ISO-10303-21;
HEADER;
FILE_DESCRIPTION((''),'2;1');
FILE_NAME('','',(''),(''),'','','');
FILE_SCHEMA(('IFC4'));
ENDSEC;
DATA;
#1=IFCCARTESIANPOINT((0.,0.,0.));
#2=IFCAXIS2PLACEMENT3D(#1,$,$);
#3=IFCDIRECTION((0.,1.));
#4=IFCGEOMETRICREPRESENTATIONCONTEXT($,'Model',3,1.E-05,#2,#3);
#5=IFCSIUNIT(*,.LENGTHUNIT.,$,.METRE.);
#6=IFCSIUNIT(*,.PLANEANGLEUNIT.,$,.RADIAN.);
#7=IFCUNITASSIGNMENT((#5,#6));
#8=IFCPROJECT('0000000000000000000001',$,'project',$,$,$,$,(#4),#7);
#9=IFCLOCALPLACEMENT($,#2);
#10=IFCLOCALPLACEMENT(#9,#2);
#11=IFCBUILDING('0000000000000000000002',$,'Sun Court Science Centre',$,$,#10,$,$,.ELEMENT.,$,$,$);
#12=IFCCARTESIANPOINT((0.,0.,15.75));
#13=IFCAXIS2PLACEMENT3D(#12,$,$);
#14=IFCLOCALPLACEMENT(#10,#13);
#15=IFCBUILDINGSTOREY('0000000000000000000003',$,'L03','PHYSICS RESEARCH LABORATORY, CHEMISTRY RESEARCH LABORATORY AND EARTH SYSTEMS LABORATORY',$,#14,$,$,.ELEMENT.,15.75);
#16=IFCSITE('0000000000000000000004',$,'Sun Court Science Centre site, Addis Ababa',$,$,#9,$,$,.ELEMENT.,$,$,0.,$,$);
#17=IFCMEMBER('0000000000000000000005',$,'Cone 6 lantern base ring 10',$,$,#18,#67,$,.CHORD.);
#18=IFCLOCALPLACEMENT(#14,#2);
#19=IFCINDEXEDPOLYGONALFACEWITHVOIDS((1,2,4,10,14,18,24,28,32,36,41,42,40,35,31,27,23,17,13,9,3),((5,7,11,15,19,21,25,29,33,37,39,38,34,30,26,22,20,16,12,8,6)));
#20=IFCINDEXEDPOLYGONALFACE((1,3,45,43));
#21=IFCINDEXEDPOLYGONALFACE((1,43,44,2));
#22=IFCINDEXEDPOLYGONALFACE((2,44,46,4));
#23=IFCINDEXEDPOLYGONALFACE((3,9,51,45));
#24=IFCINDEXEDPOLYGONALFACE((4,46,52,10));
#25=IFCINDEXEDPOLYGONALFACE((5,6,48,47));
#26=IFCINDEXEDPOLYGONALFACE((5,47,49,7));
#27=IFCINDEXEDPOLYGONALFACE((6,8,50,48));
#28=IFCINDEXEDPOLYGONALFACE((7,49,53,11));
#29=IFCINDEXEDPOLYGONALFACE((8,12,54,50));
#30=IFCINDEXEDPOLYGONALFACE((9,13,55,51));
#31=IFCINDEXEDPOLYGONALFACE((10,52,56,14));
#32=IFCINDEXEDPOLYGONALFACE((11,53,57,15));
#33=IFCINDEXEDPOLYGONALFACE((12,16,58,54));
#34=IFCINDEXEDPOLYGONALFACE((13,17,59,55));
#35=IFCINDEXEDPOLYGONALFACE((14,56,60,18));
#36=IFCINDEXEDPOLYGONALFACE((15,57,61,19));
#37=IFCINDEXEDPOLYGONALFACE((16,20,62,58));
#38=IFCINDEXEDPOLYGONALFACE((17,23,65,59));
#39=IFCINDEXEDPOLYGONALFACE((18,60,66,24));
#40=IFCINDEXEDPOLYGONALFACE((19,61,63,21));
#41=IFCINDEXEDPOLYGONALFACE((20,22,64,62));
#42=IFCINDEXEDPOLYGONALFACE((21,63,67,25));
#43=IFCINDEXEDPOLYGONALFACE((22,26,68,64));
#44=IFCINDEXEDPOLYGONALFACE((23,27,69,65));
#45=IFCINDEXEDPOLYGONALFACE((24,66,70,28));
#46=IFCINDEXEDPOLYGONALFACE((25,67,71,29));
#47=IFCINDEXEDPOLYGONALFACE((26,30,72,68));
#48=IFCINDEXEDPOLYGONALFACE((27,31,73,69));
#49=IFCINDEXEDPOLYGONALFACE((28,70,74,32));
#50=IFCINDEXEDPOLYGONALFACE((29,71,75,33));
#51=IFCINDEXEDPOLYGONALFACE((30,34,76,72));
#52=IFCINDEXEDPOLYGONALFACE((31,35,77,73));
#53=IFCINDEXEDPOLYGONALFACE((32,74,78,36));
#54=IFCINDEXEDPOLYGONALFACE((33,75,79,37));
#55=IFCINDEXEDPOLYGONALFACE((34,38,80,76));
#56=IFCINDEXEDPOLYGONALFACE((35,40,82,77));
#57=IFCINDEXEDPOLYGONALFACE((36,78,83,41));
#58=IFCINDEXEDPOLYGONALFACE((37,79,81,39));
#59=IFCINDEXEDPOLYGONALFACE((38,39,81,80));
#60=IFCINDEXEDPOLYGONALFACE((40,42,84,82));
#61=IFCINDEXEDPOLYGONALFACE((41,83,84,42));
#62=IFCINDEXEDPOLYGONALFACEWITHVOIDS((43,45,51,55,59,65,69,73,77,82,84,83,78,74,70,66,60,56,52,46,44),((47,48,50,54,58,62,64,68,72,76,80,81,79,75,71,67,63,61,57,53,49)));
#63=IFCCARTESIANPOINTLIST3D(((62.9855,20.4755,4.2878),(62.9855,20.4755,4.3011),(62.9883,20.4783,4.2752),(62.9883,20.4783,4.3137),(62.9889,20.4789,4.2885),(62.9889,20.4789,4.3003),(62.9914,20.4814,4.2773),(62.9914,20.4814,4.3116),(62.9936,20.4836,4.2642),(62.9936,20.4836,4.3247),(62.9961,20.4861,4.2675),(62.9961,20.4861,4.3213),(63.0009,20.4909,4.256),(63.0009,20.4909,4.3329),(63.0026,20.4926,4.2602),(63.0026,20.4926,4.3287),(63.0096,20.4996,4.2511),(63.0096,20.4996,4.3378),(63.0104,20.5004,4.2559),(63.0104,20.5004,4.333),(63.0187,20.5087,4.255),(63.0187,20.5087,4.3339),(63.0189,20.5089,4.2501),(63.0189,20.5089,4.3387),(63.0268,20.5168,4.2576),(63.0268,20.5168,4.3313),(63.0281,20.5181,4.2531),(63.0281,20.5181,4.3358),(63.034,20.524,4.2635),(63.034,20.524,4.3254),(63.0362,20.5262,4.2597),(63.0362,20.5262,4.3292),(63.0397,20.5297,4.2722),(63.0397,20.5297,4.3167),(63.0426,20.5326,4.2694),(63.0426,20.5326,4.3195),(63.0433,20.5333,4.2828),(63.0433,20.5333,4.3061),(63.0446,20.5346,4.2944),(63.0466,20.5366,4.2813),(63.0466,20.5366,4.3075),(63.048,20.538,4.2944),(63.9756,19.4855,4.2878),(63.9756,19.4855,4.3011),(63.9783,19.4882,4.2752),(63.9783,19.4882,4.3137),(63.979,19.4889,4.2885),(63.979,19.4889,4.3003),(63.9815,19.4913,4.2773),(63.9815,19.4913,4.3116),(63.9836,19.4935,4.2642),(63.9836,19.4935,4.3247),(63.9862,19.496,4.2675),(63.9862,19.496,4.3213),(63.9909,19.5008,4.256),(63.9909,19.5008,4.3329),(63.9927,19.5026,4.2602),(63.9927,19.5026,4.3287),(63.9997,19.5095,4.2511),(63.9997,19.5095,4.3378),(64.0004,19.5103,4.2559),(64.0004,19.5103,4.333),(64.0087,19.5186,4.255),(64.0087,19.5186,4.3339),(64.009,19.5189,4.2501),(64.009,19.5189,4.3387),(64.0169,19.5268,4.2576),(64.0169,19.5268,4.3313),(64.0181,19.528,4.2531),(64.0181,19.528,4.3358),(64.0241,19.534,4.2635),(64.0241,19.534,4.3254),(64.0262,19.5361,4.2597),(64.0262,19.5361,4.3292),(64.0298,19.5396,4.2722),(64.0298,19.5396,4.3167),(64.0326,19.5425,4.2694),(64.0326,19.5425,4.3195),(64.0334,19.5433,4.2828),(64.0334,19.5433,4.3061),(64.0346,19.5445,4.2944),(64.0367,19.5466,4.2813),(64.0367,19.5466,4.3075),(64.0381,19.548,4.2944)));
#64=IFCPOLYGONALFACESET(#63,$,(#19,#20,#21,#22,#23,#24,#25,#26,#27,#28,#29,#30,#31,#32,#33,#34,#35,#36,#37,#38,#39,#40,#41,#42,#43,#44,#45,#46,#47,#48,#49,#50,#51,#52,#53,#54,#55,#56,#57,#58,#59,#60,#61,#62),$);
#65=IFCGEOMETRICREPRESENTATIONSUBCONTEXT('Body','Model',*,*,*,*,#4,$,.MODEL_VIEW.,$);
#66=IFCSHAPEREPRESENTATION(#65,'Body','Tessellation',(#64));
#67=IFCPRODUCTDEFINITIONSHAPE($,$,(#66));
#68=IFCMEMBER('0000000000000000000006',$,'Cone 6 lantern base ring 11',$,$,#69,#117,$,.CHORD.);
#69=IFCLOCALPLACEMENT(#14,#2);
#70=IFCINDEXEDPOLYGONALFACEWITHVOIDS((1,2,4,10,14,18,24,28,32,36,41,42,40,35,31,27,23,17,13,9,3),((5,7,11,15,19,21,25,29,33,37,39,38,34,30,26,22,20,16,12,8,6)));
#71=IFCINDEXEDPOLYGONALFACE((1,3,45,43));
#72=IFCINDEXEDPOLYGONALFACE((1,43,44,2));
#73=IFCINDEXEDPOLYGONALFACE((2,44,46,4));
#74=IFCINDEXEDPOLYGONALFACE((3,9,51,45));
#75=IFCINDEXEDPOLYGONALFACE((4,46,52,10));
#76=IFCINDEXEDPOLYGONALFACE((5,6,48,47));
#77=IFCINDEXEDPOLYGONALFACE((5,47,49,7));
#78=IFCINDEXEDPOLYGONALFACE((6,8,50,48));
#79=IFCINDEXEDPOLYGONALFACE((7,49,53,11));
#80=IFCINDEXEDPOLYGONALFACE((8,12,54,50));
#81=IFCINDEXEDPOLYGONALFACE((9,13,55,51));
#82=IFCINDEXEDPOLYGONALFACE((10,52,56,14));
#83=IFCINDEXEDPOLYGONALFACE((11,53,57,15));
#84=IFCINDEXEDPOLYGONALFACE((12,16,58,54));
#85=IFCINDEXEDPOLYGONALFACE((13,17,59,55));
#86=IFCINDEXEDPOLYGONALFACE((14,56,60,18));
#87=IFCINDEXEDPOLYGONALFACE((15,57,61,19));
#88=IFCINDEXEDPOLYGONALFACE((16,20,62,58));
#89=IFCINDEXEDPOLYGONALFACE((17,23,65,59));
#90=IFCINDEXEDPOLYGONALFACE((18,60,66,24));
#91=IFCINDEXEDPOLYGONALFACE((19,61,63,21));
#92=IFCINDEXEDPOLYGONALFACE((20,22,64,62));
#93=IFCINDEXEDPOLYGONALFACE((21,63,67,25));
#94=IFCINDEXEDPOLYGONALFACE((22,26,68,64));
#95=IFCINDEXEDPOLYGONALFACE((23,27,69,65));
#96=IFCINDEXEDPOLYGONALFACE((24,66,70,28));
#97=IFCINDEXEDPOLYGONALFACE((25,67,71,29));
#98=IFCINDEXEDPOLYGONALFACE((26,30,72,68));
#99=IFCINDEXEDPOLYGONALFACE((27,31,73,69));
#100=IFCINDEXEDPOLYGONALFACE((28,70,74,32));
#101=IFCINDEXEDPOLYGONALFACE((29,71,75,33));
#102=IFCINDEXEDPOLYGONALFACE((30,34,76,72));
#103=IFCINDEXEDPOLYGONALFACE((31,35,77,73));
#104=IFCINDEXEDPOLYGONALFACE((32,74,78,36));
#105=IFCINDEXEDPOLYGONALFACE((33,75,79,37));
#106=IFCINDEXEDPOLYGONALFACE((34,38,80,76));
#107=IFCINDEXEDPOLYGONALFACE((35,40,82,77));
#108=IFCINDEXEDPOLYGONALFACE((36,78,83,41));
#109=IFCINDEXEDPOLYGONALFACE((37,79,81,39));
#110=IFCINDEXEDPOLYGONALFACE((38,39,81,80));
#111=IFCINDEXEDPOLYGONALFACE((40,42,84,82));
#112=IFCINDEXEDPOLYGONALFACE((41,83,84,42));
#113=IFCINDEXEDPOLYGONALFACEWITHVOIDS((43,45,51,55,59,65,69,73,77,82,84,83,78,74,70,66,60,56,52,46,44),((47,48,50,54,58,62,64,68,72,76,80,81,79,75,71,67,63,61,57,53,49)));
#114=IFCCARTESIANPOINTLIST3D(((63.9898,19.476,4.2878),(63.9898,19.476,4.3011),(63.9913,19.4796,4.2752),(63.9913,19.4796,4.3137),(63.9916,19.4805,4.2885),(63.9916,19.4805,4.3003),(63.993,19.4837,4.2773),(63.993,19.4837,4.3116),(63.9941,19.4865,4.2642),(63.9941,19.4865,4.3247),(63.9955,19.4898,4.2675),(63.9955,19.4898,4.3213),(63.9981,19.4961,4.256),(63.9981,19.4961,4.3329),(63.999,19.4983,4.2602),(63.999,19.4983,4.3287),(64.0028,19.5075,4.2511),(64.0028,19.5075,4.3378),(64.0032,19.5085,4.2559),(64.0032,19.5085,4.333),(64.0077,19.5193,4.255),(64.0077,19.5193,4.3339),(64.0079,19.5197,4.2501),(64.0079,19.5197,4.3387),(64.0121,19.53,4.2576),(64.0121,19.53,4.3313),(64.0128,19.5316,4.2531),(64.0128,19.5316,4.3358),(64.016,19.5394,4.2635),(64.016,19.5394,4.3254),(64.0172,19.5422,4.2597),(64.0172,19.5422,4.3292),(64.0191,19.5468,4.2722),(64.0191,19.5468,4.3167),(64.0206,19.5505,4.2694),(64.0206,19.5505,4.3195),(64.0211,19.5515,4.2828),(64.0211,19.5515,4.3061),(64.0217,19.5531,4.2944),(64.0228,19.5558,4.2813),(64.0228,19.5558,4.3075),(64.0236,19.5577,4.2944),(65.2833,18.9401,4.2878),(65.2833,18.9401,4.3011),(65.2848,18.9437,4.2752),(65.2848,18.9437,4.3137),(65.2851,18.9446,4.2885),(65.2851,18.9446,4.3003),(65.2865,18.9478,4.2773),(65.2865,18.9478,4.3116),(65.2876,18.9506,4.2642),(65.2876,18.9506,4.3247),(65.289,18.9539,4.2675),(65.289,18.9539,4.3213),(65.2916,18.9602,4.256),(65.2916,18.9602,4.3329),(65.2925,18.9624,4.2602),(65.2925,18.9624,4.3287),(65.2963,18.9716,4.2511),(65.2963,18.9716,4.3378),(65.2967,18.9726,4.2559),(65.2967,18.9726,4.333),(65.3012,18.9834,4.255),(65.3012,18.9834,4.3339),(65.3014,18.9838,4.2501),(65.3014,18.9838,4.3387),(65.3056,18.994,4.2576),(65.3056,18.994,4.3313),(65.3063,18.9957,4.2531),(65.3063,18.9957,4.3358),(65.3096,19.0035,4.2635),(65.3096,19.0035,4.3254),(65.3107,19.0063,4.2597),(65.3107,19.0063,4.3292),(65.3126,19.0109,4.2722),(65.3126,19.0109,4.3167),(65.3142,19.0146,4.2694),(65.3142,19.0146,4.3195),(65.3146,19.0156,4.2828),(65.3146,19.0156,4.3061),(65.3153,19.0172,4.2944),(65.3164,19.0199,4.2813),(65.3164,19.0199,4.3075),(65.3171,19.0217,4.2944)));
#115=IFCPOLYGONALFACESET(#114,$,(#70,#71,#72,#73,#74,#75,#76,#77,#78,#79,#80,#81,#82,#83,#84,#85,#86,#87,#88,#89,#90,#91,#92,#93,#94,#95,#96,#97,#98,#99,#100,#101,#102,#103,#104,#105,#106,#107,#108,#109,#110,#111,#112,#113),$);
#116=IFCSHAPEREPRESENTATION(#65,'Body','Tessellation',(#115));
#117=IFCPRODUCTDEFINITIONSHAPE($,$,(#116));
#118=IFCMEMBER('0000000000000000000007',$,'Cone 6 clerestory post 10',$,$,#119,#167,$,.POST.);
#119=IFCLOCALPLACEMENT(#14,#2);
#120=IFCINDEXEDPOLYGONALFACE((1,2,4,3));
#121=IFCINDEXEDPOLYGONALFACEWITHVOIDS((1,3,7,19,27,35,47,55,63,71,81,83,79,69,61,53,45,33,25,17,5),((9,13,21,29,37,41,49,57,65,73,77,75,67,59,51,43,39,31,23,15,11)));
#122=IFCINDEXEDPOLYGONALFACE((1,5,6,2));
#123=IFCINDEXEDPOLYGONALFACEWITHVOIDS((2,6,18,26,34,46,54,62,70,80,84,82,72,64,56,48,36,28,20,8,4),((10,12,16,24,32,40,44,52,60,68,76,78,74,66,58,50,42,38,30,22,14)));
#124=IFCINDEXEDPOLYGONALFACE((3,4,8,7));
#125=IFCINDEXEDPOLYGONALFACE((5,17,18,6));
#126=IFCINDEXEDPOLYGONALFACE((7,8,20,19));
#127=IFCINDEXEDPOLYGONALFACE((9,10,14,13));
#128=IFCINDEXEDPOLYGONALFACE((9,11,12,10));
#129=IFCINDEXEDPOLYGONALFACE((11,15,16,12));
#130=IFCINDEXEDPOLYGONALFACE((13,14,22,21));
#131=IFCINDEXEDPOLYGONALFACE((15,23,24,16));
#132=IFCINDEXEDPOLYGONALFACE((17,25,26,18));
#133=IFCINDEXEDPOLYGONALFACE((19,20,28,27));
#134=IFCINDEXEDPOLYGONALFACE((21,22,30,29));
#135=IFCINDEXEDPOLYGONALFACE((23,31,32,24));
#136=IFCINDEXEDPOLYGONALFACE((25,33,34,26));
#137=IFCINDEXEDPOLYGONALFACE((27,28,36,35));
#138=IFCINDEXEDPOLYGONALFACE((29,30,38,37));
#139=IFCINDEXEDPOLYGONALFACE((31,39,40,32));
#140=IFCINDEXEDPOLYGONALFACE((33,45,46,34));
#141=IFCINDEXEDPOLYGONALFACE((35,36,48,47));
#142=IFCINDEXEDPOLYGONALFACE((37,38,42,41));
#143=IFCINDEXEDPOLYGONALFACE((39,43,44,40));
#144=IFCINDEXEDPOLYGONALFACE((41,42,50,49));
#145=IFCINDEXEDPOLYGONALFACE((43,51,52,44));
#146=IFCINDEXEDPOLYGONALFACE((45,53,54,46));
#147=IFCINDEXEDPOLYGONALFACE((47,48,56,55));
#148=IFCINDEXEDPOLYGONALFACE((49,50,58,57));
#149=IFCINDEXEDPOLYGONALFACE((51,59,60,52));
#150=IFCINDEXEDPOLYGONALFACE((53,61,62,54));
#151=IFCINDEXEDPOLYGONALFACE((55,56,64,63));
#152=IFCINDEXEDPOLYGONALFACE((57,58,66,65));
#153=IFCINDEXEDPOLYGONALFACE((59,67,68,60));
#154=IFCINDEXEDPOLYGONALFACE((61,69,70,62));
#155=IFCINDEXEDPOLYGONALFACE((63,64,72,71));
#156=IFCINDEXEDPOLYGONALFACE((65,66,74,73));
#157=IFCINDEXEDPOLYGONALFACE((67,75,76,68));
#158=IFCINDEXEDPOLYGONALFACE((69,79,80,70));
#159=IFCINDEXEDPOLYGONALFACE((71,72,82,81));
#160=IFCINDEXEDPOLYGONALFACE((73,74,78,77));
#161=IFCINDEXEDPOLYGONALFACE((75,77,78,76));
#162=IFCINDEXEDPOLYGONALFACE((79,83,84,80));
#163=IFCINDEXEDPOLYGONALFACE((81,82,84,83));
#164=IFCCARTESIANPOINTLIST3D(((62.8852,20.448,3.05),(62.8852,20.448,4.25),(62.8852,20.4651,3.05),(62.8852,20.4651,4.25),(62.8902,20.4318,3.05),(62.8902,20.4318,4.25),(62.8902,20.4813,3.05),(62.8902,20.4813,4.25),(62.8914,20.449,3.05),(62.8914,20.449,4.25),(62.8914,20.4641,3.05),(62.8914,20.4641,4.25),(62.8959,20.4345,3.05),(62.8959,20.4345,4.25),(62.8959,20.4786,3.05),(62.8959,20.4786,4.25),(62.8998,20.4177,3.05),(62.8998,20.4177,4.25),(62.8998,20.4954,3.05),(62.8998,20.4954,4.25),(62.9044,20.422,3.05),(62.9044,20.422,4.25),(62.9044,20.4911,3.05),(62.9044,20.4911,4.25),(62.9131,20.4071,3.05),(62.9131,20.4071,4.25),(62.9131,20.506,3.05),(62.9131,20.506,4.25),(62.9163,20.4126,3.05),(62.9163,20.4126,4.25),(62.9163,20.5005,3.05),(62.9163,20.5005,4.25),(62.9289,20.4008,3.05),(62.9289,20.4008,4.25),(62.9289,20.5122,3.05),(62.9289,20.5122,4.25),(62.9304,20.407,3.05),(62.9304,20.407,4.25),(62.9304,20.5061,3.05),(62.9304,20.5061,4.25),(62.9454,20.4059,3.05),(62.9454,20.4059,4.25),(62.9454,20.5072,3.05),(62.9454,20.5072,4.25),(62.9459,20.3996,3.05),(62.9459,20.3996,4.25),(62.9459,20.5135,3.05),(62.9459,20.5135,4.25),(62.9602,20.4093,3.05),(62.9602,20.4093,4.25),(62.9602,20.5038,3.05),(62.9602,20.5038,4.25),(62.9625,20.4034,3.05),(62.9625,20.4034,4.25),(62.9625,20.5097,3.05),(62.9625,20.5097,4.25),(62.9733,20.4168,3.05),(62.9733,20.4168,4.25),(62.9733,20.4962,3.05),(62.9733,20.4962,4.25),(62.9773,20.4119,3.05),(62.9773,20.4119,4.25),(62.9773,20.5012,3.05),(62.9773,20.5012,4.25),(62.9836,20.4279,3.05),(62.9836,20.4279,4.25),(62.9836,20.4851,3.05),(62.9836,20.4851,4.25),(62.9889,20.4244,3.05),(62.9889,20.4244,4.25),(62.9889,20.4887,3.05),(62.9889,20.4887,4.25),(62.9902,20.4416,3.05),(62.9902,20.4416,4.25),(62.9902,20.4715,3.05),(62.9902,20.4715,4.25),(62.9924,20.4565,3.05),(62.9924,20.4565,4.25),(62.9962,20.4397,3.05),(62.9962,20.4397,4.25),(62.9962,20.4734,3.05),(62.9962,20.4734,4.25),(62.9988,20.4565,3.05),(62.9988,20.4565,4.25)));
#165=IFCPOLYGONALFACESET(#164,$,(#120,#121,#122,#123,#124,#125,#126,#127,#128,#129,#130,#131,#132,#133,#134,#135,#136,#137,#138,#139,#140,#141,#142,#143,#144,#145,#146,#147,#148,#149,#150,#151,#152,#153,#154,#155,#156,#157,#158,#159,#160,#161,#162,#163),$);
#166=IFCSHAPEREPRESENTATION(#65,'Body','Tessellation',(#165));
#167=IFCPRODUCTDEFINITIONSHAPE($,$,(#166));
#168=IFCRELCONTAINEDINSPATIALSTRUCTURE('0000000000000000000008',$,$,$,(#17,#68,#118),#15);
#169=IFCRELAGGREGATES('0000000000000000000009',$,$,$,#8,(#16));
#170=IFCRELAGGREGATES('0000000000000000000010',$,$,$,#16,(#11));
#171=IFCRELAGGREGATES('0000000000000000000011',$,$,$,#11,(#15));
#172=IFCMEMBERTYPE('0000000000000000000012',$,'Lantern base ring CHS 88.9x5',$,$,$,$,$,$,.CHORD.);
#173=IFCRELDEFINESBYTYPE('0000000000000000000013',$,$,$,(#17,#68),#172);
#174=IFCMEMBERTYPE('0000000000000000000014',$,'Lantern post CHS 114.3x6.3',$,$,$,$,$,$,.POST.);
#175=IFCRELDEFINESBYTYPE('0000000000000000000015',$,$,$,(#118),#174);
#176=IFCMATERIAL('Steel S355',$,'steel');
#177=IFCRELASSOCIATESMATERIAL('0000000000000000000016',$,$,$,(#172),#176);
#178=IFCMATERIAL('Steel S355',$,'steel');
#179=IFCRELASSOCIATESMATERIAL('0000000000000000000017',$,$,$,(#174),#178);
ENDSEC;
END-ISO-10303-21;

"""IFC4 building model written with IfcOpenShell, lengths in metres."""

from ifc_helpers import new_model, si_unit, direction, frame, origin, origin_2d, place, context, subcontext, project, spatial, hollow_circle, extrude, material, material_profile, profile_set, type_object, element, save


model = new_model("IFC4")

# Units and contexts
model_context = context("Model", 3, precision=1e-05, world=origin(), true_north=direction((0.0, 1.0)))
body_context = subcontext(model_context, "Body", "Model", "MODEL_VIEW")
ifc_project = project(units=[si_unit("LENGTHUNIT", "METRE"), si_unit("PLANEANGLEUNIT", "RADIAN")], contexts=[model_context])

# Site, building, storey
site_placement = place(None, origin())
site = spatial("IfcSite", under=ifc_project, at=site_placement, Name="Sun Court Science Centre site, Addis Ababa", CompositionType="ELEMENT", RefElevation=0.0)
building_placement = place(site_placement, origin())
building = spatial("IfcBuilding", under=site, at=building_placement, Name="Sun Court Science Centre", CompositionType="ELEMENT")
storey_placement = place(building_placement, frame((0.0, 0.0, 15.75)))
storey = spatial("IfcBuildingStorey", under=building, at=storey_placement, Name="L03", Description="PHYSICS RESEARCH LABORATORY, CHEMISTRY RESEARCH LABORATORY AND EARTH SYSTEMS LABORATORY", CompositionType="ELEMENT", Elevation=15.75)

# Members
ifc_material_1 = material(Name="Steel S355", Category="steel")
ifc_material_profile_1 = material_profile(ifc_material_1, hollow_circle(Radius=0.0444, WallThickness=0.0049, at=origin_2d()), Name="CHS 88.9x5")
ifc_profile_set_1 = profile_set([ifc_material_profile_1], Name="Steel S355")
member_type_1 = type_object("IfcMemberType", Name="Lantern base ring CHS 88.9x5", PredefinedType="CHORD", material=ifc_profile_set_1)
for number, where, z_axis, x_axis, name in (
    (1, (63.0166, 20.5066, 4.2944), (0.707107, -0.707107, 0.0), (0.707107, 0.707107, 0.0), "Cone 6 lantern base ring 10"),
    (2, (64.0066, 19.5166, 4.2944), (0.923849, -0.382757, 0.0), (0.382757, 0.923849, 0.0), "Cone 6 lantern base ring 11"),
):
    element("IfcMember", number, at=place(storey_placement, frame(where, z_axis=z_axis, x_axis=x_axis)), inside=storey, type_object=member_type_1, Name=name, PredefinedType="CHORD", context=body_context, shape_type="SweptSolid", body=[
        extrude(hollow_circle(Radius=0.0444, WallThickness=0.0049, at=origin_2d()), origin(), (0.0, 0.0, 1.0), 1.4001),
    ])
ifc_material_2 = material(Name="Steel S355", Category="steel")
ifc_material_profile_2 = material_profile(ifc_material_2, hollow_circle(Radius=0.0571, WallThickness=0.0063, at=origin_2d()), Name="CHS 114.3x6.3")
ifc_profile_set_2 = profile_set([ifc_material_profile_2], Name="Steel S355")
member_type_2 = type_object("IfcMemberType", Name="Lantern post CHS 114.3x6.3", PredefinedType="POST", material=ifc_profile_set_2)
for number, where, z_axis, x_axis, name in (
    (3, (62.9417, 20.4565, 3.05), (0.0, 0.0, 1.0), (1.0, 0.0, 0.0), "Cone 6 clerestory post 10"),
):
    element("IfcMember", number, at=place(storey_placement, frame(where, z_axis=z_axis, x_axis=x_axis)), inside=storey, type_object=member_type_2, Name=name, PredefinedType="POST", context=body_context, shape_type="SweptSolid", body=[
        extrude(hollow_circle(Radius=0.0571, WallThickness=0.0063, at=origin_2d()), origin(), (0.0, 0.0, 1.0), 1.2),
    ])

save(model, "model.ifc")
